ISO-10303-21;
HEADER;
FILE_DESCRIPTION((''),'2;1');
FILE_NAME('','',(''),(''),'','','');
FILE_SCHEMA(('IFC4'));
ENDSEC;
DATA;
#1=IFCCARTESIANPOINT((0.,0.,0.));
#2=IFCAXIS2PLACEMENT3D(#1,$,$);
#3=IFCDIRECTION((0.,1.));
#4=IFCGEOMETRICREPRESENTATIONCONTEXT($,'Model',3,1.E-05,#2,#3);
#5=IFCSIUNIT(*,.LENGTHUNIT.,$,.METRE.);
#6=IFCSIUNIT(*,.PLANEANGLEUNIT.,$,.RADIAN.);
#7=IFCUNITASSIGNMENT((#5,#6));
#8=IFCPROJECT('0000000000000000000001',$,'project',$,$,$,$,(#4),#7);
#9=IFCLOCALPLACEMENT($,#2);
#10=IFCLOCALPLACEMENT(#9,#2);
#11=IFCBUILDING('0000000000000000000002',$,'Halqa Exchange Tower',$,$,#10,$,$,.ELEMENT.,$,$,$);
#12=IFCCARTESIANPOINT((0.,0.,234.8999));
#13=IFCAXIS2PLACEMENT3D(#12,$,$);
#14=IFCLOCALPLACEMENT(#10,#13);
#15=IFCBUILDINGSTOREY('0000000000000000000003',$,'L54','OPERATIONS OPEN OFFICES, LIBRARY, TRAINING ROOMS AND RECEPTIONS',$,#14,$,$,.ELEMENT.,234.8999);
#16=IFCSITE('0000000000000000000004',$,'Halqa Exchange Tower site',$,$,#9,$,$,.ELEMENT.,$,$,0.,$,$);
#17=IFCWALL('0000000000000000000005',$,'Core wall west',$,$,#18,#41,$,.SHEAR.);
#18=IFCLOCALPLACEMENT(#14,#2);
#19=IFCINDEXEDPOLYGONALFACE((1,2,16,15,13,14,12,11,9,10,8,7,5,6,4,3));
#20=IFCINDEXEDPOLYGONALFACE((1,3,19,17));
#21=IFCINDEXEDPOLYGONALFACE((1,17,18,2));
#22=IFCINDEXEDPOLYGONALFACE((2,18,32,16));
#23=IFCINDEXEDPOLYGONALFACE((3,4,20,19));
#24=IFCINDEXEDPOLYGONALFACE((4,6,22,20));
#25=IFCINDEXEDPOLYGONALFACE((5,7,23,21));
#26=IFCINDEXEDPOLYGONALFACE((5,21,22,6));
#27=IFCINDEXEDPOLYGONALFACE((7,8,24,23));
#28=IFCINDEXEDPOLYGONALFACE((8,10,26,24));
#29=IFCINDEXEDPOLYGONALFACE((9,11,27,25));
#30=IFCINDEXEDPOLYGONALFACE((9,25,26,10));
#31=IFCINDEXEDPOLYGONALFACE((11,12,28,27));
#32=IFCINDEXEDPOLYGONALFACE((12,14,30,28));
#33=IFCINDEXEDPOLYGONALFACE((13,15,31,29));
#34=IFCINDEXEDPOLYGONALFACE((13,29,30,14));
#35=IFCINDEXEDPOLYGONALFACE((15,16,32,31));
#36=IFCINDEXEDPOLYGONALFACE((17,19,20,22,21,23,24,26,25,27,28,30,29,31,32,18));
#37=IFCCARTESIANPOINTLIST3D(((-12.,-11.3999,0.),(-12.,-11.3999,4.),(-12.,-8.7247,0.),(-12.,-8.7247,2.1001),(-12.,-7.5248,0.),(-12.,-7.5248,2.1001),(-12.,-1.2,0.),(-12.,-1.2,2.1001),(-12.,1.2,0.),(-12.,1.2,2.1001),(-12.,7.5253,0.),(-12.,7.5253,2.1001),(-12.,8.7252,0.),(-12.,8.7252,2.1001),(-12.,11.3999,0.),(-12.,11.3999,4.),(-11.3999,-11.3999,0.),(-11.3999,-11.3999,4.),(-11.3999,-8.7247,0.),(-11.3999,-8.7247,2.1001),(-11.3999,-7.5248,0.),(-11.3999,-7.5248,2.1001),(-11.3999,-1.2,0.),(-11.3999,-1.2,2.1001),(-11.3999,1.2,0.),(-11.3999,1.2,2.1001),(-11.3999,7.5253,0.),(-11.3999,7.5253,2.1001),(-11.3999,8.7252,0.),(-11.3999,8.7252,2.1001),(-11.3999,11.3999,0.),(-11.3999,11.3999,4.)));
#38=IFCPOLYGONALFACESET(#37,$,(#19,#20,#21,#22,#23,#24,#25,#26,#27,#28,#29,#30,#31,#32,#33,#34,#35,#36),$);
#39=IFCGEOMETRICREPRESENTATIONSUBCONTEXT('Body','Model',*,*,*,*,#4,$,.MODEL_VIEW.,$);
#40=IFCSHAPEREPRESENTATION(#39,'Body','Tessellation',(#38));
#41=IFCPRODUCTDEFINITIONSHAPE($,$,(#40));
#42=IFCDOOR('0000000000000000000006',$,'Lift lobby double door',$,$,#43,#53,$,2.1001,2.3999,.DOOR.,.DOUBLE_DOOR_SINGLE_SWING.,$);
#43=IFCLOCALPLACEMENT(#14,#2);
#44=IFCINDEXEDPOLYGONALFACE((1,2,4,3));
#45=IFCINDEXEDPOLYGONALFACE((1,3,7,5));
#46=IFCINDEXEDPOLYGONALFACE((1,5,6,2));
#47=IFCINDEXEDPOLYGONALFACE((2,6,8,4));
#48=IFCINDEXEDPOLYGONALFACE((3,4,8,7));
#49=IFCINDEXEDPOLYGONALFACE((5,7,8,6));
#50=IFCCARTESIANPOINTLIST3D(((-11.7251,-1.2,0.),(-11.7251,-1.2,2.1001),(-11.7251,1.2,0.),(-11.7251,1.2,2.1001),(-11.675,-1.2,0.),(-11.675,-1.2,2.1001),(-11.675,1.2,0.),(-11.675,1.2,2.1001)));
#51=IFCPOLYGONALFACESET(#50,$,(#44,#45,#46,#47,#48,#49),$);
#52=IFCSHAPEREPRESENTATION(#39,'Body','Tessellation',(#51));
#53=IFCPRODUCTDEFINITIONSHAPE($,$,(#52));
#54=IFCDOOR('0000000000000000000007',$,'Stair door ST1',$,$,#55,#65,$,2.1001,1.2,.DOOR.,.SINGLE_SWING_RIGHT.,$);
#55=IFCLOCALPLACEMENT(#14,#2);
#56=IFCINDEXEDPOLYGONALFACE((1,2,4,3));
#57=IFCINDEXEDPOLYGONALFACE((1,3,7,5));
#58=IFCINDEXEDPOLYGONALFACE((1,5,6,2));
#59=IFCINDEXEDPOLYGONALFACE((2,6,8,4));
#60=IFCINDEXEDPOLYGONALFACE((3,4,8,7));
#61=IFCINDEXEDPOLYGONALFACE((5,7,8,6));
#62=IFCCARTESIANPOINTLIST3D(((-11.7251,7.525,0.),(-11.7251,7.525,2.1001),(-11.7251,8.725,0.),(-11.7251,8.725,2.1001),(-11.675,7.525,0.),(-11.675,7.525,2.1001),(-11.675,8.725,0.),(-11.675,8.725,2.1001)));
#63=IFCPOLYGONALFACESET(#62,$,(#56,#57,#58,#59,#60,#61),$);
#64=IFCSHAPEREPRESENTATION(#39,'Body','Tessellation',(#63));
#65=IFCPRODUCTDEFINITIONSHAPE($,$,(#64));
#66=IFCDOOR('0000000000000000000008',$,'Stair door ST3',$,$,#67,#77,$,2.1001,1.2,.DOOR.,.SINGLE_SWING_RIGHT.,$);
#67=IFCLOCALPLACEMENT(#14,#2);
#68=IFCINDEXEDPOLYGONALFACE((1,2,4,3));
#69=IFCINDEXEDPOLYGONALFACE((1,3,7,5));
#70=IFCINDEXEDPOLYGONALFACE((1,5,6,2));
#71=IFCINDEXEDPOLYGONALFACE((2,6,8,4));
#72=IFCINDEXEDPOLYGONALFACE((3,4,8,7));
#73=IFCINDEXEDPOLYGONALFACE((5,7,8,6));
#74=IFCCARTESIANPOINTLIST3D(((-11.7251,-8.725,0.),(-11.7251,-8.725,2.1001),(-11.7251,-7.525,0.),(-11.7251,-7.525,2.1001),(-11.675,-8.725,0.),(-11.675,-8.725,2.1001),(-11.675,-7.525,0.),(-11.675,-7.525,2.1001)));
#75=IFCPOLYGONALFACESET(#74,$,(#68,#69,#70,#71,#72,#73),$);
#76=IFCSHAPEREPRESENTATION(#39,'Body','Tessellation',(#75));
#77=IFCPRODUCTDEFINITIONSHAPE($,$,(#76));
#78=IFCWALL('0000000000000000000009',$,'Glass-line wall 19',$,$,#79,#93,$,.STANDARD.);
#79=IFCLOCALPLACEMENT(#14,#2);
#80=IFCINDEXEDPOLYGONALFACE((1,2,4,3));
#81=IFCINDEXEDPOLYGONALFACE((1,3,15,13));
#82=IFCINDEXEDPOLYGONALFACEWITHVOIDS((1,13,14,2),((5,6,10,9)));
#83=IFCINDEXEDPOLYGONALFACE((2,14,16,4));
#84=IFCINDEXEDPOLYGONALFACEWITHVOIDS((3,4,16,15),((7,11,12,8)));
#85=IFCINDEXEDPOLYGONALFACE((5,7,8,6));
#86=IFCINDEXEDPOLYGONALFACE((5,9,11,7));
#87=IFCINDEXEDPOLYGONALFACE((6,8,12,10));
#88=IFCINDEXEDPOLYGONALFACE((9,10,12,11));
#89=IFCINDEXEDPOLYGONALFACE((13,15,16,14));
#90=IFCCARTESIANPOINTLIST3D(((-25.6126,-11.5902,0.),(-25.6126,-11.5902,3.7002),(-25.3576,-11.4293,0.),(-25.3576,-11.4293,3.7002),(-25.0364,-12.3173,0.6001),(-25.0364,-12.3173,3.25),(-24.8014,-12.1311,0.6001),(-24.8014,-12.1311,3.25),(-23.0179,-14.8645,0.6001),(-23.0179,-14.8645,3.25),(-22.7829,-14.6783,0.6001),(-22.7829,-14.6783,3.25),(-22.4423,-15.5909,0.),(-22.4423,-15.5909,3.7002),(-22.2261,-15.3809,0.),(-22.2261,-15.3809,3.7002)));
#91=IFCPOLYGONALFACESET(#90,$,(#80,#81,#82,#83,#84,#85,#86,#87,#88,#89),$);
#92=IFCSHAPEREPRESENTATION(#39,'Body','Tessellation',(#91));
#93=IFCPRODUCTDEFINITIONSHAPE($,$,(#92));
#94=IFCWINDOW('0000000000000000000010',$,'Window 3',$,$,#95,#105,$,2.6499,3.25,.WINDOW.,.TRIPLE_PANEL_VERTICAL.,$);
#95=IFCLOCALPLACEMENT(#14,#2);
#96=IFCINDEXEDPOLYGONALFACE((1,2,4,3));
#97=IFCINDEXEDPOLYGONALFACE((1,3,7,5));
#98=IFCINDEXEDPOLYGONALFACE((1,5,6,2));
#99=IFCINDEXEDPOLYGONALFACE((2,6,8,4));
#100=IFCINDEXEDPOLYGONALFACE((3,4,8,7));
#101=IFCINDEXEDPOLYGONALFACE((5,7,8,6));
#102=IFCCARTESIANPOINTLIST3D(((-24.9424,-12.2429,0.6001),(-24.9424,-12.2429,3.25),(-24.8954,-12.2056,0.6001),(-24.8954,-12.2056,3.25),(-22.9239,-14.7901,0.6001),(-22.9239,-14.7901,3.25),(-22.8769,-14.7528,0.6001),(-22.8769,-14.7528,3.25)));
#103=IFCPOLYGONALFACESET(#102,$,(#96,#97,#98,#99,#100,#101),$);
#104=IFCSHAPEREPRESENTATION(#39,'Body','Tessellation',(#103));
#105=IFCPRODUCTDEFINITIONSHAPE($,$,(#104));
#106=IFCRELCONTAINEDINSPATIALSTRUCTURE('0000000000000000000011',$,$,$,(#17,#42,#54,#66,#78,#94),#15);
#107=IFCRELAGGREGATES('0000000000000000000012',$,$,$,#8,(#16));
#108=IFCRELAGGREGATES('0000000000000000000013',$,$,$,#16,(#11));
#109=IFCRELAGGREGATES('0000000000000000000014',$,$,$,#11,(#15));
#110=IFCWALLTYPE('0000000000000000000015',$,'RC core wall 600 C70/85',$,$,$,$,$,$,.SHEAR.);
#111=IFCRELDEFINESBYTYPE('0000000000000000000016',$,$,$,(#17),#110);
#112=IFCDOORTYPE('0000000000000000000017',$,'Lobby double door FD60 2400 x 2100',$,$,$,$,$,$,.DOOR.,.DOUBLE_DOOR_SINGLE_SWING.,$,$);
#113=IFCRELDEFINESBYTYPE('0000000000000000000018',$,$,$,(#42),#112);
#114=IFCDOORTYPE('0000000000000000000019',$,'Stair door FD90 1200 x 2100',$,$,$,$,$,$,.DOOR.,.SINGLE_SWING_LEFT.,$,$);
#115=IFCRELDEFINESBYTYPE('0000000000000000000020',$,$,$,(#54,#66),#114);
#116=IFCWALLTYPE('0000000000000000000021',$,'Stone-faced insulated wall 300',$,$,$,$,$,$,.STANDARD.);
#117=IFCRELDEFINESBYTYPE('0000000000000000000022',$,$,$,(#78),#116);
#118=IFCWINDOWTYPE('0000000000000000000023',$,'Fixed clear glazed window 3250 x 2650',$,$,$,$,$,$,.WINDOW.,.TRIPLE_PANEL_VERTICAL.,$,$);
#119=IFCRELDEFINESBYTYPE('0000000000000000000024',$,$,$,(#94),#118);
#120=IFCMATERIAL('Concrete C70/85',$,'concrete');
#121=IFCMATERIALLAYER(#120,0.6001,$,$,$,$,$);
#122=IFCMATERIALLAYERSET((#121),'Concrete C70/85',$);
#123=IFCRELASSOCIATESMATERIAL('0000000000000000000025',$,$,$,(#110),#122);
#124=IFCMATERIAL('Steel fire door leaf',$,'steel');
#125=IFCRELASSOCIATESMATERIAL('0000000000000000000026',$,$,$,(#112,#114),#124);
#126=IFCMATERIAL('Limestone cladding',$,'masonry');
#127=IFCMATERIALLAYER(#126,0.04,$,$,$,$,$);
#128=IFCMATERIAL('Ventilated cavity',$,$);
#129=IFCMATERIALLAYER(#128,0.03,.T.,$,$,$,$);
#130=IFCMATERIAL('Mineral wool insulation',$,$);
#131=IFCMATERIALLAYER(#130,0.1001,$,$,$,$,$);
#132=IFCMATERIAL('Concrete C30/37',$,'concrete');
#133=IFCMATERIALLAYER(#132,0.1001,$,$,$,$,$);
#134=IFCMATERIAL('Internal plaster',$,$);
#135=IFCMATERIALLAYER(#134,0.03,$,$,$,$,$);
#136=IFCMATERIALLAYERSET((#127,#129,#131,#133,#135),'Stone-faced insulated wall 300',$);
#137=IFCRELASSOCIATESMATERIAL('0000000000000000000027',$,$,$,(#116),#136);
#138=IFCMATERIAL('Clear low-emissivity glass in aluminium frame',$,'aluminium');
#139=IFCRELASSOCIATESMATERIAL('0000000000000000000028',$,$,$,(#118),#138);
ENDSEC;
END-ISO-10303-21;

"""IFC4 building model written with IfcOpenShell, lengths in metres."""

from ifc_helpers import new_model, si_unit, direction, frame, frame_2d, origin, place, context, subcontext, project, spatial, polyline, rectangle, outline, extrude, material, layer, layer_set, type_object, element, fill, save


model = new_model("IFC4")

# Units and contexts
model_context = context("Model", 3, precision=1e-05, world=origin(), true_north=direction((0.0, 1.0)))
body_context = subcontext(model_context, "Body", "Model", "MODEL_VIEW")
ifc_project = project(units=[si_unit("LENGTHUNIT", "METRE"), si_unit("PLANEANGLEUNIT", "RADIAN")], contexts=[model_context])

# Site, building, storey
site_placement = place(None, origin())
site = spatial("IfcSite", under=ifc_project, at=site_placement, Name="Halqa Exchange Tower site", CompositionType="ELEMENT", RefElevation=0.0)
building_placement = place(site_placement, origin())
building = spatial("IfcBuilding", under=site, at=building_placement, Name="Halqa Exchange Tower", CompositionType="ELEMENT")
storey_placement = place(building_placement, frame((0.0, 0.0, 234.8999)))
storey = spatial("IfcBuildingStorey", under=building, at=storey_placement, Name="L54", Description="OPERATIONS OPEN OFFICES, LIBRARY, TRAINING ROOMS AND RECEPTIONS", CompositionType="ELEMENT", Elevation=234.8999)

# Shared definitions
ifc_material_1 = material(Name="Steel fire door leaf", Category="steel")

# Wall, openings, doors
ifc_material_2 = material(Name="Concrete C70/85", Category="concrete")
ifc_layer_1 = layer(ifc_material_2, 0.6001)
ifc_layer_set_1 = layer_set([ifc_layer_1], Name="Concrete C70/85")
wall_type_1 = type_object("IfcWallType", Name="RC core wall 600 C70/85", PredefinedType="SHEAR", material=ifc_layer_set_1)
wall_1_placement = place(storey_placement, frame((-11.7, -11.3999, 0.0), z_axis=(0.0, 0.0, 1.0), x_axis=(0.0, 1.0, 0.0)))
wall_1 = element("IfcWall", 1, at=wall_1_placement, inside=storey, type_object=wall_type_1, Name="Core wall west", PredefinedType="SHEAR", context=body_context, shape_type="SweptSolid", body=[
    extrude(rectangle(XDim=22.7998, YDim=0.6001, at=frame_2d((11.3999, 0.0))), origin(), (0.0, 0.0, 1.0), 4.0),
])
opening_1_placement = place(wall_1_placement, frame((10.2, 0.0, 0.0)))
opening_1 = element("IfcOpeningElement", 2, at=opening_1_placement, cuts=wall_1, PredefinedType="OPENING", context=body_context, shape_type="SweptSolid", body=[
    extrude(rectangle(XDim=2.3999, YDim=2.1001, at=frame_2d((1.2, 1.05))), frame((0.0, 0.312, 0.0), z_axis=(0.0, -1.0, 0.0), x_axis=(1.0, 0.0, 0.0)), (0.0, 0.0, 1.0), 0.624),
])
opening_2_placement = place(wall_1_placement, frame((18.925, 0.0, 0.0)))
opening_2 = element("IfcOpeningElement", 3, at=opening_2_placement, cuts=wall_1, PredefinedType="OPENING", context=body_context, shape_type="SweptSolid", body=[
    extrude(rectangle(XDim=1.2, YDim=2.1001, at=frame_2d((0.6001, 1.05))), frame((0.0, 0.312, 0.0), z_axis=(0.0, -1.0, 0.0), x_axis=(1.0, 0.0, 0.0)), (0.0, 0.0, 1.0), 0.624),
])
opening_3_placement = place(wall_1_placement, frame((2.675, 0.0, 0.0)))
opening_3 = element("IfcOpeningElement", 4, at=opening_3_placement, cuts=wall_1, PredefinedType="OPENING", context=body_context, shape_type="SweptSolid", body=[
    extrude(rectangle(XDim=1.2, YDim=2.1001, at=frame_2d((0.6001, 1.05))), frame((0.0, 0.312, 0.0), z_axis=(0.0, -1.0, 0.0), x_axis=(1.0, 0.0, 0.0)), (0.0, 0.0, 1.0), 0.624),
])
door_type_1 = type_object("IfcDoorType", Name="Lobby double door FD60 2400 x 2100", OperationType="DOUBLE_DOOR_SINGLE_SWING", PredefinedType="DOOR", material=ifc_material_1)
door_1_placement = place(opening_1_placement, frame((2.3999, 0.0, 0.0), z_axis=(0.0, 0.0, 1.0), x_axis=(-1.0, 0.0, 0.0)))
door_1 = element("IfcDoor", 5, at=door_1_placement, inside=storey, type_object=door_type_1, Name="Lift lobby double door", OperationType="DOUBLE_DOOR_SINGLE_SWING", OverallHeight=2.1001, OverallWidth=2.3999, PredefinedType="DOOR", context=body_context, shape_type="SweptSolid", body=[
    extrude(rectangle(XDim=2.3999, YDim=2.1001, at=frame_2d((1.2, 1.05))), frame((0.0, 0.0249, 0.0), z_axis=(0.0, -1.0, 0.0), x_axis=(1.0, 0.0, 0.0)), (0.0, 0.0, 1.0), 0.05),
])
fill(opening_1, door_1)
door_type_2 = type_object("IfcDoorType", Name="Stair door FD90 1200 x 2100", OperationType="SINGLE_SWING_LEFT", PredefinedType="DOOR", material=ifc_material_1)
door_2_placement = place(opening_2_placement, frame((1.2, 0.0, 0.0), z_axis=(0.0, 0.0, 1.0), x_axis=(-1.0, 0.0, 0.0)))
door_2 = element("IfcDoor", 6, at=door_2_placement, inside=storey, type_object=door_type_2, Name="Stair door ST1", OperationType="SINGLE_SWING_RIGHT", OverallHeight=2.1001, OverallWidth=1.2, PredefinedType="DOOR", context=body_context, shape_type="SweptSolid", body=[
    extrude(rectangle(XDim=1.2, YDim=2.1001, at=frame_2d((0.6001, 1.05))), frame((0.0, 0.0249, 0.0), z_axis=(0.0, -1.0, 0.0), x_axis=(1.0, 0.0, 0.0)), (0.0, 0.0, 1.0), 0.05),
])
fill(opening_2, door_2)
door_3_placement = place(opening_3_placement, frame((1.2, 0.0, 0.0), z_axis=(0.0, 0.0, 1.0), x_axis=(-1.0, 0.0, 0.0)))
door_3 = element("IfcDoor", 7, at=door_3_placement, inside=storey, type_object=door_type_2, Name="Stair door ST3", OperationType="SINGLE_SWING_RIGHT", OverallHeight=2.1001, OverallWidth=1.2, PredefinedType="DOOR", context=body_context, shape_type="SweptSolid", body=[
    extrude(rectangle(XDim=1.2, YDim=2.1001, at=frame_2d((0.6001, 1.05))), frame((0.0, 0.0249, 0.0), z_axis=(0.0, -1.0, 0.0), x_axis=(1.0, 0.0, 0.0)), (0.0, 0.0, 1.0), 0.05),
])
fill(opening_3, door_3)

# Wall, opening, window
ifc_material_3 = material(Name="Limestone cladding", Category="masonry")
ifc_layer_2 = layer(ifc_material_3, 0.04)
ifc_material_4 = material(Name="Ventilated cavity")
ifc_layer_3 = layer(ifc_material_4, 0.03, ventilated=True)
ifc_material_5 = material(Name="Mineral wool insulation")
ifc_layer_4 = layer(ifc_material_5, 0.1001)
ifc_material_6 = material(Name="Concrete C30/37", Category="concrete")
ifc_layer_5 = layer(ifc_material_6, 0.1001)
ifc_material_7 = material(Name="Internal plaster")
ifc_layer_6 = layer(ifc_material_7, 0.03)
ifc_layer_set_2 = layer_set([ifc_layer_2, ifc_layer_3, ifc_layer_4, ifc_layer_5, ifc_layer_6], Name="Stone-faced insulated wall 300")
wall_type_2 = type_object("IfcWallType", Name="Stone-faced insulated wall 300", PredefinedType="STANDARD", material=ifc_layer_set_2)
wall_2_placement = place(storey_placement, frame((-25.4851, -11.5098, 0.0), z_axis=(0.0, 0.0, 1.0), x_axis=(0.621085, -0.783743, 0.0)))
wall_2 = element("IfcWall", 8, at=wall_2_placement, inside=storey, type_object=wall_type_2, Name="Glass-line wall 19", PredefinedType="STANDARD", context=body_context, shape_type="SweptSolid", body=[
    extrude(outline(polyline([(-0.0161, -0.1499), (5.0884, -0.1499), (5.0581, 0.1499), (0.0161, 0.1499), (-0.0161, -0.1499)])), origin(), (0.0, 0.0, 1.0), 3.7002),
])
opening_4_placement = place(wall_2_placement, frame((0.9116, 0.0, 0.6001)))
opening_4 = element("IfcOpeningElement", 9, at=opening_4_placement, cuts=wall_2, PredefinedType="OPENING", context=body_context, shape_type="SweptSolid", body=[
    extrude(rectangle(XDim=3.25, YDim=2.6499, at=frame_2d((1.625, 1.325))), frame((0.0, 0.1621, 0.0), z_axis=(0.0, -1.0, 0.0), x_axis=(1.0, 0.0, 0.0)), (0.0, 0.0, 1.0), 0.324),
])
ifc_material_8 = material(Name="Clear low-emissivity glass in aluminium frame", Category="aluminium")
window_type = type_object("IfcWindowType", Name="Fixed clear glazed window 3250 x 2650", PartitioningType="TRIPLE_PANEL_VERTICAL", PredefinedType="WINDOW", material=ifc_material_8)
window_placement = place(opening_4_placement, origin())
window = element("IfcWindow", 10, at=window_placement, inside=storey, type_object=window_type, Name="Window 3", OverallHeight=2.6499, OverallWidth=3.25, PartitioningType="TRIPLE_PANEL_VERTICAL", PredefinedType="WINDOW", context=body_context, shape_type="SweptSolid", body=[
    extrude(rectangle(XDim=3.25, YDim=2.6499, at=frame_2d((1.625, 1.325))), frame((0.0, 0.03, 0.0), z_axis=(0.0, -1.0, 0.0), x_axis=(1.0, 0.0, 0.0)), (0.0, 0.0, 1.0), 0.0601),
])
fill(opening_4, window)

save(model, "model.ifc")
